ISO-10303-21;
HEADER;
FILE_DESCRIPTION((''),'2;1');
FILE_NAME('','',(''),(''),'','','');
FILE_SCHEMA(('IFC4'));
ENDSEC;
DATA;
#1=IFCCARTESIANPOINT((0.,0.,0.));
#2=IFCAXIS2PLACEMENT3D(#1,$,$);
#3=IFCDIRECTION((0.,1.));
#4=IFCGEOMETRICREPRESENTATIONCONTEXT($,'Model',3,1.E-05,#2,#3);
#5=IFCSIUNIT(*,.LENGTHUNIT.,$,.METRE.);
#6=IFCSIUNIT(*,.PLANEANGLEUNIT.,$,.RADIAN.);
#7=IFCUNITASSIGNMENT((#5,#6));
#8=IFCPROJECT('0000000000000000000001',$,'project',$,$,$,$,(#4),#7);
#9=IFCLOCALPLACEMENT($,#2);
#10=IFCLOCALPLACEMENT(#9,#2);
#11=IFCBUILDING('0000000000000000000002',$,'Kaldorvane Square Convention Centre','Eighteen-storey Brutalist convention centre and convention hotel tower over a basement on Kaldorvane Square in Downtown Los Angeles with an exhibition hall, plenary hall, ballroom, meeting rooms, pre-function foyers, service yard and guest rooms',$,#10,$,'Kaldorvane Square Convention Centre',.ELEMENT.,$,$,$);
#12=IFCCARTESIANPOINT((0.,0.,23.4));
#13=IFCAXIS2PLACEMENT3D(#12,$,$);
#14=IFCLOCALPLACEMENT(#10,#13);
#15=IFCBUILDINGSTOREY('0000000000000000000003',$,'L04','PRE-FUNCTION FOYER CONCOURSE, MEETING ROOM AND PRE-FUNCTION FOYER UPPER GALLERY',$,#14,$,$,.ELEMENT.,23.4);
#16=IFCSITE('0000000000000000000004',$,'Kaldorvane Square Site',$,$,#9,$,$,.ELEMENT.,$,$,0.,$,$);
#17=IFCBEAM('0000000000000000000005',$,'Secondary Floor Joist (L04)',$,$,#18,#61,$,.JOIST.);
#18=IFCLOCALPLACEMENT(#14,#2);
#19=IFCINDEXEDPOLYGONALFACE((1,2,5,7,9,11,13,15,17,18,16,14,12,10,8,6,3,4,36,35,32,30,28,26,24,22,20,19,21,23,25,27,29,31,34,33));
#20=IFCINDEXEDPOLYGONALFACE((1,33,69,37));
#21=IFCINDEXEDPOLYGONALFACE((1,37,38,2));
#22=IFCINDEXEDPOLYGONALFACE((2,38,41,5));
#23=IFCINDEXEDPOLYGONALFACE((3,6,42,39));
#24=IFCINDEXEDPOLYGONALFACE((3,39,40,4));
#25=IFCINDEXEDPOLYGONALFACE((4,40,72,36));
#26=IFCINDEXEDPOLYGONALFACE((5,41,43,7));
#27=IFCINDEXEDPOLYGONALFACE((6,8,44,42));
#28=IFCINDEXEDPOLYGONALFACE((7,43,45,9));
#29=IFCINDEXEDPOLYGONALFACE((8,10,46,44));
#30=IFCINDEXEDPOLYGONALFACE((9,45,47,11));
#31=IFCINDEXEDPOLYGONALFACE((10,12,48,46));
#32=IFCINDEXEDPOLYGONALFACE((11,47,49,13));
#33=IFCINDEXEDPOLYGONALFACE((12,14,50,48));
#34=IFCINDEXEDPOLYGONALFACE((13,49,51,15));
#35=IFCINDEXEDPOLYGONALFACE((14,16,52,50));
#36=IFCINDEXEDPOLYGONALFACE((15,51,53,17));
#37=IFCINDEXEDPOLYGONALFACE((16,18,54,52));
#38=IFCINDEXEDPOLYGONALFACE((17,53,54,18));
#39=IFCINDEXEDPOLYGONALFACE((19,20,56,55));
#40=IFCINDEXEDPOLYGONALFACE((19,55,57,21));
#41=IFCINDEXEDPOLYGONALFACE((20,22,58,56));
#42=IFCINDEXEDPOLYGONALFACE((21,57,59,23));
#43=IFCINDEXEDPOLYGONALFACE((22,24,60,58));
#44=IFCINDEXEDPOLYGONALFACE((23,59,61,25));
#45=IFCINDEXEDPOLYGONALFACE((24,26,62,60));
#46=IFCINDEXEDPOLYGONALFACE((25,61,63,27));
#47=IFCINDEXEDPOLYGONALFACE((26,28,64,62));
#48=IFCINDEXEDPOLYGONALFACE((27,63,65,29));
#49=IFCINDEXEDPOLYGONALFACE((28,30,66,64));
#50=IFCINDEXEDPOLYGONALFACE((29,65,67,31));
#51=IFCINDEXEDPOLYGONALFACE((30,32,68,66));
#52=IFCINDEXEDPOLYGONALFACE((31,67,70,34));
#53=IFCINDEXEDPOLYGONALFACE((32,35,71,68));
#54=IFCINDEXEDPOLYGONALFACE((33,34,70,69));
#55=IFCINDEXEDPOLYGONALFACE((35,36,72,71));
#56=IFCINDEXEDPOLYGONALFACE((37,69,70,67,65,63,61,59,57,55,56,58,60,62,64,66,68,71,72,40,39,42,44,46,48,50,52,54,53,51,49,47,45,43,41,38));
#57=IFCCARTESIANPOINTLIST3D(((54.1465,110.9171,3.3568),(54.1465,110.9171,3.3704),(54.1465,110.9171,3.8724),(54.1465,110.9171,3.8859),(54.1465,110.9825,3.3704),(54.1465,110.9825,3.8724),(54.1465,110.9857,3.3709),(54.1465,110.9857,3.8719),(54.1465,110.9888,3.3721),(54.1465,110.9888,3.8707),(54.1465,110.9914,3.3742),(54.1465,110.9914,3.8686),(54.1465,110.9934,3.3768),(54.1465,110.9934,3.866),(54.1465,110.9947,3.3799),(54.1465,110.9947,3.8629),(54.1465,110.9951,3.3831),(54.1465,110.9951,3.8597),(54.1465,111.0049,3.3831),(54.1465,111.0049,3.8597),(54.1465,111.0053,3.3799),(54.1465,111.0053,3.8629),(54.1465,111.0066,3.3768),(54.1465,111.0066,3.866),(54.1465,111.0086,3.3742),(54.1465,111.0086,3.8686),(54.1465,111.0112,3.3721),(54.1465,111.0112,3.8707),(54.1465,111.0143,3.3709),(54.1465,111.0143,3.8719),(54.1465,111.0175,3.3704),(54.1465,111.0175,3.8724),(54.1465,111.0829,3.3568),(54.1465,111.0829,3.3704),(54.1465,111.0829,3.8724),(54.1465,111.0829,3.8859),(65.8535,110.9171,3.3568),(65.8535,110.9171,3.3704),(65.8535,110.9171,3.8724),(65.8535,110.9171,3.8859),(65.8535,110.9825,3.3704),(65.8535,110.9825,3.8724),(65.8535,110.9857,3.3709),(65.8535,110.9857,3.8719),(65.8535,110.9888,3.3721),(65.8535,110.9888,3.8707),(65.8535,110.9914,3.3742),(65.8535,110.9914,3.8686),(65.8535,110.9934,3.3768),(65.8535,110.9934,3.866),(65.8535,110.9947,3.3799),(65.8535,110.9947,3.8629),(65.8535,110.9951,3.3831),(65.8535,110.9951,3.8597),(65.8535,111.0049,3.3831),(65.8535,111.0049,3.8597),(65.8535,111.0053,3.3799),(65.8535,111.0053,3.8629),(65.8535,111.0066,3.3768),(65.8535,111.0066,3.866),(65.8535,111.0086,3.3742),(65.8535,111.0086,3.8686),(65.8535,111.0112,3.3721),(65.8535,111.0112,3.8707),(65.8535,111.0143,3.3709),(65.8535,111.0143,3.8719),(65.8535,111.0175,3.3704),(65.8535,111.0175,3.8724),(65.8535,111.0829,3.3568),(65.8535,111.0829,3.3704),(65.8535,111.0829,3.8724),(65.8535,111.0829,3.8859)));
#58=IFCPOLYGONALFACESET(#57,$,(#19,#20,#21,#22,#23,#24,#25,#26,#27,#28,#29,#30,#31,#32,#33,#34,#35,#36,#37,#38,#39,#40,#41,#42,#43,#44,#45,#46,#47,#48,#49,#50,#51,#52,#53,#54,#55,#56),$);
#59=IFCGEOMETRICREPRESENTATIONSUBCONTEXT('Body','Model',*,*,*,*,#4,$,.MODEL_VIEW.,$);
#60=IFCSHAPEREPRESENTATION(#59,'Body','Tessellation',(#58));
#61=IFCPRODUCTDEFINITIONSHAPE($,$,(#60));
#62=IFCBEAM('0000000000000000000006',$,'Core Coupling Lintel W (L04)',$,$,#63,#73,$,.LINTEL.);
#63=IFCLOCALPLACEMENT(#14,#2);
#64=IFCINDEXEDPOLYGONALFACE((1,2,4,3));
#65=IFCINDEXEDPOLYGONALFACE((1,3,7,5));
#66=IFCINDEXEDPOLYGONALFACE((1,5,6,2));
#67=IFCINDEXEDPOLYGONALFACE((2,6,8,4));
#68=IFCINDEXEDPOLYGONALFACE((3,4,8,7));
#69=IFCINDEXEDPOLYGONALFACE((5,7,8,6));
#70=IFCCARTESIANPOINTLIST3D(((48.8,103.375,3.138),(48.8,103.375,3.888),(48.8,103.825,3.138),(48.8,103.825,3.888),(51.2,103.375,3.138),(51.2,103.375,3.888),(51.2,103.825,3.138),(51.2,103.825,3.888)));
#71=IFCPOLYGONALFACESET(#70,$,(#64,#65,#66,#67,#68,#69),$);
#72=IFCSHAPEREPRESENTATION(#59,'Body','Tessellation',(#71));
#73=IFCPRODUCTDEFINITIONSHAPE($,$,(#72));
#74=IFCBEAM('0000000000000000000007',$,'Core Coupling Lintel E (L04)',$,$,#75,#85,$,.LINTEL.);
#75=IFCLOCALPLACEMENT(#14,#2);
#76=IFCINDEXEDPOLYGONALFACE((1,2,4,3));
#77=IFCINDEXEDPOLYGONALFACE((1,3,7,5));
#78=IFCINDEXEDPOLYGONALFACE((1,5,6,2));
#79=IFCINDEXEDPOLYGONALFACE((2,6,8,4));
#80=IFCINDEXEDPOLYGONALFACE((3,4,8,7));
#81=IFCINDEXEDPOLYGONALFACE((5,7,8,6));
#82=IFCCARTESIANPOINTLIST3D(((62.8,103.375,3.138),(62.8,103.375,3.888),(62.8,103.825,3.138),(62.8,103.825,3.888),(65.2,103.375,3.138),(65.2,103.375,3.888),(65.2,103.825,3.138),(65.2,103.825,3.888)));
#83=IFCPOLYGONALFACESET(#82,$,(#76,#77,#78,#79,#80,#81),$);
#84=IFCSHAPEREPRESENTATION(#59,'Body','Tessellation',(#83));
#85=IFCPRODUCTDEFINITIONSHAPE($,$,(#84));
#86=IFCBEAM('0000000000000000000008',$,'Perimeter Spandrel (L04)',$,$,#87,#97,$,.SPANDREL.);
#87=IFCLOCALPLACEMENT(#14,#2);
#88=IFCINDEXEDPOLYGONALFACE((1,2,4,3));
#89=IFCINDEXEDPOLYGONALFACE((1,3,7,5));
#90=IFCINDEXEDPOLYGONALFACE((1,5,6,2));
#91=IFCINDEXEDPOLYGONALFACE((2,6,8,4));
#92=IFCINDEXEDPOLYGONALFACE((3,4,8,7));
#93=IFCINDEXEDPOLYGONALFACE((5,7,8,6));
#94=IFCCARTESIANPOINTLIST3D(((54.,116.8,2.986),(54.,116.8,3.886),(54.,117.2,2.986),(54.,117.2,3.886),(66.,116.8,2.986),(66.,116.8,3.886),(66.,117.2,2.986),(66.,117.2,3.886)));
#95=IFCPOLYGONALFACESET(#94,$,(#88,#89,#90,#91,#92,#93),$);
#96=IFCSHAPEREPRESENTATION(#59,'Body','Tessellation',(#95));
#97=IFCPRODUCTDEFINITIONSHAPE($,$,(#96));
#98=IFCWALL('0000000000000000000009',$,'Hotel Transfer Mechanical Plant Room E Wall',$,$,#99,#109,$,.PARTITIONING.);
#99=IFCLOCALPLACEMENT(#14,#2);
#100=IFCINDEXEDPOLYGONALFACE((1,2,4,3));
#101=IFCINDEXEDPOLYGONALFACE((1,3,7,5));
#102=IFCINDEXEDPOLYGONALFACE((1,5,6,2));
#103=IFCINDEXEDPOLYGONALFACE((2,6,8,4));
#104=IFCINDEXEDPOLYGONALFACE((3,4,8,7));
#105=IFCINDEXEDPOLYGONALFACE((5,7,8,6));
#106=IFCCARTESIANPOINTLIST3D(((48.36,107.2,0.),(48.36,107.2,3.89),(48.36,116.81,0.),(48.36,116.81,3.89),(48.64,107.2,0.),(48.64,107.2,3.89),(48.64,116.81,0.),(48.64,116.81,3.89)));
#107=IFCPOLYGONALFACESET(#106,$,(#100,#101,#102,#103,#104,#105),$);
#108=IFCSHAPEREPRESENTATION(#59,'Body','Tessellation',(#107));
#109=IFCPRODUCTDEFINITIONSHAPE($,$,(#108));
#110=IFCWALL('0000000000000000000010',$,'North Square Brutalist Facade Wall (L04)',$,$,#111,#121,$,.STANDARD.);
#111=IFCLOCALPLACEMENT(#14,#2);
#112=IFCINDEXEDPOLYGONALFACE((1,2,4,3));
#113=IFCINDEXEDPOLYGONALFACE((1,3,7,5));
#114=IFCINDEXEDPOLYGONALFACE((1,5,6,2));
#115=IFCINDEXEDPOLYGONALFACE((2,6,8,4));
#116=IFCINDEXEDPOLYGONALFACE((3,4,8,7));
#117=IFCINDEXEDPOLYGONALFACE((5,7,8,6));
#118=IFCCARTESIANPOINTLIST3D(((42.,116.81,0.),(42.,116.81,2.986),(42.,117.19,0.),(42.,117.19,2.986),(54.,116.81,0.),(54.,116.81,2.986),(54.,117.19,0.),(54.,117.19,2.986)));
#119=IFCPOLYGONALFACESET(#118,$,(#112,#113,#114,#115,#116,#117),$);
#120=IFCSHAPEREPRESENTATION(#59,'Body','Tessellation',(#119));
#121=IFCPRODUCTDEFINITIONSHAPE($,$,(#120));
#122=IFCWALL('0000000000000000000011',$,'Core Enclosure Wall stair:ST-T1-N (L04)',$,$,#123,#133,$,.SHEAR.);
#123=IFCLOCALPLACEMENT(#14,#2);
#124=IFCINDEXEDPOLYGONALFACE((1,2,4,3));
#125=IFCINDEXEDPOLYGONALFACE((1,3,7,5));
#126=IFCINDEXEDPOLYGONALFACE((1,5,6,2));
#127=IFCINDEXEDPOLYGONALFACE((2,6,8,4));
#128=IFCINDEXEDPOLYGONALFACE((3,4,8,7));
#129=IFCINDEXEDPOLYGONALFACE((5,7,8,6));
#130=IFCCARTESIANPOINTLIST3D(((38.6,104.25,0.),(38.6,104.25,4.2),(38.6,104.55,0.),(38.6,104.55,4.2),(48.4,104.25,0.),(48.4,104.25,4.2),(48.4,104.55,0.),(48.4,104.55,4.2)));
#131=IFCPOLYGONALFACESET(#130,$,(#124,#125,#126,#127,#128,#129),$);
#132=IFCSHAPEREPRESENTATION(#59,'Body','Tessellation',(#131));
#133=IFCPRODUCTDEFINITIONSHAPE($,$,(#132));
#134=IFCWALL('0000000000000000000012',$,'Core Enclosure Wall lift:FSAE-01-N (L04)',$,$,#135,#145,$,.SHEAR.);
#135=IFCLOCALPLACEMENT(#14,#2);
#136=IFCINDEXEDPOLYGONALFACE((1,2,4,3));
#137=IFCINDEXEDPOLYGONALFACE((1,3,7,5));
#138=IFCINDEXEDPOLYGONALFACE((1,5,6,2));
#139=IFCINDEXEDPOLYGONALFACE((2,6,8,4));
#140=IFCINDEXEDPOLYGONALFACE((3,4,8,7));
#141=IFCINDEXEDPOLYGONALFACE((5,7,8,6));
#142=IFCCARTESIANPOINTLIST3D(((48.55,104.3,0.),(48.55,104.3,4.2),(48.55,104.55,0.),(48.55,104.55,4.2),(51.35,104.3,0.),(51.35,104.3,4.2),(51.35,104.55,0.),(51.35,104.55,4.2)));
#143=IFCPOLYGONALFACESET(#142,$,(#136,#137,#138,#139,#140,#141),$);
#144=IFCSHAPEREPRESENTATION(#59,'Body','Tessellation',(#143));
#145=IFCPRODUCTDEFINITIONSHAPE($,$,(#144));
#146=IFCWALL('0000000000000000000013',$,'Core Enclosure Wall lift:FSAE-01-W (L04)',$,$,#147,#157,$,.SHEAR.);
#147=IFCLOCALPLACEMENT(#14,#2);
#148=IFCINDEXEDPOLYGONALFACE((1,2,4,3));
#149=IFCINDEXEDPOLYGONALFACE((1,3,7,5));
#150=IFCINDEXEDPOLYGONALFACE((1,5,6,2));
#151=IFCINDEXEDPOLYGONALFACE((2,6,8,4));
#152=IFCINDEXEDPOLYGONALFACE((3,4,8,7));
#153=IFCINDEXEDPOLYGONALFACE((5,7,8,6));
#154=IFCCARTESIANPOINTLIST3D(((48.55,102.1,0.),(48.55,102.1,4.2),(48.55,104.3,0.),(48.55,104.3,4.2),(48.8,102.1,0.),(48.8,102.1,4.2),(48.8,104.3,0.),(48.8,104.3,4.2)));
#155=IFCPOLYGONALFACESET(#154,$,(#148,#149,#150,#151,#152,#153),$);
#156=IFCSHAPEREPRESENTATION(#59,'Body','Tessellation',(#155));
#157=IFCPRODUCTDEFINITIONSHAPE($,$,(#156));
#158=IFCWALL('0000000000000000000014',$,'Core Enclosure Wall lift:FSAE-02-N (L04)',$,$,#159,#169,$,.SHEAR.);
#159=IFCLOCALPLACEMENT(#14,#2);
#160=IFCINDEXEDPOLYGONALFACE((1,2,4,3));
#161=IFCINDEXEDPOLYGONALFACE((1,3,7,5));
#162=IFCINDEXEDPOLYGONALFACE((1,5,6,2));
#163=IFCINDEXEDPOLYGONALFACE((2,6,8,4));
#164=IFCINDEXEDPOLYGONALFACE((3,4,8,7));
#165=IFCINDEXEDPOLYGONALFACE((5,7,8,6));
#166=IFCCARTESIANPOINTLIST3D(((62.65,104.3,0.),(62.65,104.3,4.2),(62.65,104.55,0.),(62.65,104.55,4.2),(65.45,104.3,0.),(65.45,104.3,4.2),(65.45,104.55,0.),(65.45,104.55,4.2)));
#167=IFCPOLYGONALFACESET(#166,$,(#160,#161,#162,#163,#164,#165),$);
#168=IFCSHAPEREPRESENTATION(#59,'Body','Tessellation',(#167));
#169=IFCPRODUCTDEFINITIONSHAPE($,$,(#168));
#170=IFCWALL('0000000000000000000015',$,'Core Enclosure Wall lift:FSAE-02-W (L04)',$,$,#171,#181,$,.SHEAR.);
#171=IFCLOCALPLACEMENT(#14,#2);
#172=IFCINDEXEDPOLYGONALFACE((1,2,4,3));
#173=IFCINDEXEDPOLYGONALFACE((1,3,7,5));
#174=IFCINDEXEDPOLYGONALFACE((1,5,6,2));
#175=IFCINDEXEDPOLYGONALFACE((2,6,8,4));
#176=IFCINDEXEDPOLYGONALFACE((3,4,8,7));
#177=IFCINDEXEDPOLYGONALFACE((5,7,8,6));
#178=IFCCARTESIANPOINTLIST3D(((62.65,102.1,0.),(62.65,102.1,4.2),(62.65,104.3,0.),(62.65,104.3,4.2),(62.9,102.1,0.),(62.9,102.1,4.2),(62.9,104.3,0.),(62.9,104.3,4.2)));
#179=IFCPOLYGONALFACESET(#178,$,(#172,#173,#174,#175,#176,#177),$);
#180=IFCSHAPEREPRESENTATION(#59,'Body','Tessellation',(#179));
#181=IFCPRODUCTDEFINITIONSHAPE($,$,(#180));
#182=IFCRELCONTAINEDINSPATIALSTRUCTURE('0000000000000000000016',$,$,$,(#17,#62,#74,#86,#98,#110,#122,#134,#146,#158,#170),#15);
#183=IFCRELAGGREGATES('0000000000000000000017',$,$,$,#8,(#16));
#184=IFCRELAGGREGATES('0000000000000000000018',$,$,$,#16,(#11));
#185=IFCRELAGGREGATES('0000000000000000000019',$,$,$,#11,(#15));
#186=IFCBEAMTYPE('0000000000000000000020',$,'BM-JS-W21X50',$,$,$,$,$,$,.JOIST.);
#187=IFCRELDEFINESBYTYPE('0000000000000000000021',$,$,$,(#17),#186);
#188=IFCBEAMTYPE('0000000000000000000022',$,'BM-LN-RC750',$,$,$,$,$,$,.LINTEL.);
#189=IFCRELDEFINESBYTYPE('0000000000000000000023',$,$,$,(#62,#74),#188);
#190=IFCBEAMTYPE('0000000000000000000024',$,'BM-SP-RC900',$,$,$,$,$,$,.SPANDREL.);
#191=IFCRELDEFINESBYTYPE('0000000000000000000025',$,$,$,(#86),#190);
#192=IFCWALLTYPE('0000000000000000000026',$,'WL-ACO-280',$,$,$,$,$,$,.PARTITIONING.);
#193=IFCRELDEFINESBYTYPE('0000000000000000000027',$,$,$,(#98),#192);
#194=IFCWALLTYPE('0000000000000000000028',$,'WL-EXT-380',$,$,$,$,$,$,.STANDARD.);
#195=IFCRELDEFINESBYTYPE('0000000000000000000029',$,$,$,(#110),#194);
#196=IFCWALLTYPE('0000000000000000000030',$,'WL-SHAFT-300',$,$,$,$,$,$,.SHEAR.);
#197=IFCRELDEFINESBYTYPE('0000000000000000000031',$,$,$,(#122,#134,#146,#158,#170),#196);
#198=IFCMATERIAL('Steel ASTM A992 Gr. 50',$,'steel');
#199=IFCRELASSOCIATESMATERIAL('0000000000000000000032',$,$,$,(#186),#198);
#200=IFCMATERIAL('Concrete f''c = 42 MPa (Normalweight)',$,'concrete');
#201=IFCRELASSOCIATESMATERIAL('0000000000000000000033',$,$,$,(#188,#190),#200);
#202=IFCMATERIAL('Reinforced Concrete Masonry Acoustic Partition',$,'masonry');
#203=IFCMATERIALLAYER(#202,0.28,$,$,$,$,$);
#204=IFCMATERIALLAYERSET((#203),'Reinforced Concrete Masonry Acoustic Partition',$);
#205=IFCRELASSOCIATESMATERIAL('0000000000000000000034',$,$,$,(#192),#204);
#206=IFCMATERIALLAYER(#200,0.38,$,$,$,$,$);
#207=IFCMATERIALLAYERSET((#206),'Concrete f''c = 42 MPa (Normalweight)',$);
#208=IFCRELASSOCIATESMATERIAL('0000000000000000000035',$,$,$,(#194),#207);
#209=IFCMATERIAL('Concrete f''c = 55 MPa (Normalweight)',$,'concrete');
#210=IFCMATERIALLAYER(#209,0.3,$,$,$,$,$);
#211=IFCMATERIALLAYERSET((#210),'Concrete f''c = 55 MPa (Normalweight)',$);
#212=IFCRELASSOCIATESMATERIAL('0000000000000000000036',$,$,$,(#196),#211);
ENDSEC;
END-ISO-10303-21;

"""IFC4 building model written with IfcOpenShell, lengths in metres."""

from ifc_helpers import new_model, si_unit, direction, frame, frame_2d, origin, origin_2d, place, context, subcontext, project, spatial, rectangle, i_section, extrude, material, layer, layer_set, material_profile, profile_set, type_object, element, save


model = new_model("IFC4")

# Units and contexts
model_context = context("Model", 3, precision=1e-05, world=origin(), true_north=direction((0.0, 1.0)))
body_context = subcontext(model_context, "Body", "Model", "MODEL_VIEW")
ifc_project = project(units=[si_unit("LENGTHUNIT", "METRE"), si_unit("PLANEANGLEUNIT", "RADIAN")], contexts=[model_context])

# Site, building, storey
site_placement = place(None, origin())
site = spatial("IfcSite", under=ifc_project, at=site_placement, Name="Kaldorvane Square Site", CompositionType="ELEMENT", RefElevation=0.0)
building_placement = place(site_placement, origin())
building = spatial("IfcBuilding", under=site, at=building_placement, Name="Kaldorvane Square Convention Centre", Description="Eighteen-storey Brutalist convention centre and convention hotel tower over a basement on Kaldorvane Square in Downtown Los Angeles with an exhibition hall, plenary hall, ballroom, meeting rooms, pre-function foyers, service yard and guest rooms", LongName="Kaldorvane Square Convention Centre", CompositionType="ELEMENT")
storey_placement = place(building_placement, frame((0.0, 0.0, 23.4)))
storey = spatial("IfcBuildingStorey", under=building, at=storey_placement, Name="L04", Description="PRE-FUNCTION FOYER CONCOURSE, MEETING ROOM AND PRE-FUNCTION FOYER UPPER GALLERY", CompositionType="ELEMENT", Elevation=23.4)

# Shared definitions
ifc_material_1 = material(Name="Concrete f'c = 55 MPa (Normalweight)", Category="concrete")
ifc_material_2 = material(Name="Steel ASTM A992 Gr. 50", Category="steel")

# Beams
ifc_material_profile_1 = material_profile(ifc_material_2, i_section(OverallWidth=0.1659, OverallDepth=0.5291, WebThickness=0.0097, FlangeThickness=0.0136, FilletRadius=0.0127, at=origin_2d()), Name="W21X50")
ifc_profile_set_1 = profile_set([ifc_material_profile_1], Name="Steel ASTM A992 Gr. 50")
beam_type_1 = type_object("IfcBeamType", Name="BM-JS-W21X50", PredefinedType="JOIST", material=ifc_profile_set_1)
beam_1_placement = place(storey_placement, frame((54.1465, 111.0, 3.6214), z_axis=(1.0, 0.0, 0.0), x_axis=(0.0, 1.0, 0.0)))
element("IfcBeam", 1, at=beam_1_placement, inside=storey, type_object=beam_type_1, Name="Secondary Floor Joist (L04)", PredefinedType="JOIST", context=body_context, shape_type="SweptSolid", body=[
    extrude(i_section(OverallWidth=0.1659, OverallDepth=0.5291, WebThickness=0.0097, FlangeThickness=0.0136, FilletRadius=0.0127, at=origin_2d()), origin(), (0.0, 0.0, 1.0), 11.707),
])
ifc_material_3 = material(Name="Concrete f'c = 42 MPa (Normalweight)", Category="concrete")
ifc_material_profile_2 = material_profile(ifc_material_3, rectangle(XDim=0.45, YDim=0.75, at=origin_2d()), Name="RCLN750X450")
ifc_profile_set_2 = profile_set([ifc_material_profile_2], Name="Concrete f'c = 42 MPa (Normalweight)")
beam_type_2 = type_object("IfcBeamType", Name="BM-LN-RC750", PredefinedType="LINTEL", material=ifc_profile_set_2)
for number, where, z_axis, x_axis, name in (
    (2, (48.8, 103.6, 3.513), (1.0, 0.0, 0.0), (0.0, 1.0, 0.0), "Core Coupling Lintel W (L04)"),
    (3, (62.8, 103.6, 3.513), (1.0, 0.0, 0.0), (0.0, 1.0, 0.0), "Core Coupling Lintel E (L04)"),
):
    element("IfcBeam", number, at=place(storey_placement, frame(where, z_axis=z_axis, x_axis=x_axis)), inside=storey, type_object=beam_type_2, Name=name, PredefinedType="LINTEL", context=body_context, shape_type="SweptSolid", body=[
        extrude(rectangle(XDim=0.45, YDim=0.75, at=origin_2d()), origin(), (0.0, 0.0, 1.0), 2.4),
    ])
ifc_material_profile_3 = material_profile(ifc_material_3, rectangle(XDim=0.4, YDim=0.9, at=origin_2d()), Name="RCSP900X400")
ifc_profile_set_3 = profile_set([ifc_material_profile_3], Name="Concrete f'c = 42 MPa (Normalweight)")
beam_type_3 = type_object("IfcBeamType", Name="BM-SP-RC900", PredefinedType="SPANDREL", material=ifc_profile_set_3)
beam_2_placement = place(storey_placement, frame((54.0, 117.0, 3.436), z_axis=(1.0, 0.0, 0.0), x_axis=(0.0, 1.0, 0.0)))
element("IfcBeam", 4, at=beam_2_placement, inside=storey, type_object=beam_type_3, Name="Perimeter Spandrel (L04)", PredefinedType="SPANDREL", context=body_context, shape_type="SweptSolid", body=[
    extrude(rectangle(XDim=0.4, YDim=0.9, at=origin_2d()), origin(), (0.0, 0.0, 1.0), 12.0),
])

# Walls
ifc_material_4 = material(Name="Reinforced Concrete Masonry Acoustic Partition", Category="masonry")
ifc_layer_1 = layer(ifc_material_4, 0.28)
ifc_layer_set_1 = layer_set([ifc_layer_1], Name="Reinforced Concrete Masonry Acoustic Partition")
wall_type_1 = type_object("IfcWallType", Name="WL-ACO-280", PredefinedType="PARTITIONING", material=ifc_layer_set_1)
wall_1_placement = place(storey_placement, frame((48.5, 107.2, 0.0), z_axis=(0.0, 0.0, 1.0), x_axis=(0.0, 1.0, 0.0)))
element("IfcWall", 5, at=wall_1_placement, inside=storey, type_object=wall_type_1, Name="Hotel Transfer Mechanical Plant Room E Wall", PredefinedType="PARTITIONING", context=body_context, shape_type="SweptSolid", body=[
    extrude(rectangle(XDim=9.61, YDim=0.28, at=frame_2d((4.805, 0.0))), origin(), (0.0, 0.0, 1.0), 3.89),
])
ifc_layer_2 = layer(ifc_material_3, 0.38)
ifc_layer_set_2 = layer_set([ifc_layer_2], Name="Concrete f'c = 42 MPa (Normalweight)")
wall_type_2 = type_object("IfcWallType", Name="WL-EXT-380", PredefinedType="STANDARD", material=ifc_layer_set_2)
wall_2_placement = place(storey_placement, frame((54.0, 117.0, 0.0), z_axis=(0.0, 0.0, 1.0), x_axis=(-1.0, 0.0, 0.0)))
element("IfcWall", 6, at=wall_2_placement, inside=storey, type_object=wall_type_2, Name="North Square Brutalist Facade Wall (L04)", PredefinedType="STANDARD", context=body_context, shape_type="SweptSolid", body=[
    extrude(rectangle(XDim=12.0, YDim=0.38, at=frame_2d((6.0, 0.0))), origin(), (0.0, 0.0, 1.0), 2.986),
])
ifc_layer_3 = layer(ifc_material_1, 0.3)
ifc_layer_set_3 = layer_set([ifc_layer_3], Name="Concrete f'c = 55 MPa (Normalweight)")
wall_type_3 = type_object("IfcWallType", Name="WL-SHAFT-300", PredefinedType="SHEAR", material=ifc_layer_set_3)
wall_3_placement = place(storey_placement, frame((48.4, 104.4, 0.0), z_axis=(0.0, 0.0, 1.0), x_axis=(-1.0, 0.0, 0.0)))
element("IfcWall", 7, at=wall_3_placement, inside=storey, type_object=wall_type_3, Name="Core Enclosure Wall stair:ST-T1-N (L04)", PredefinedType="SHEAR", context=body_context, shape_type="SweptSolid", body=[
    extrude(rectangle(XDim=9.8, YDim=0.3, at=frame_2d((4.9, 0.0))), origin(), (0.0, 0.0, 1.0), 4.2),
])
wall_4_placement = place(storey_placement, frame((51.35, 104.425, 0.0), z_axis=(0.0, 0.0, 1.0), x_axis=(-1.0, 0.0, 0.0)))
element("IfcWall", 8, at=wall_4_placement, inside=storey, type_object=wall_type_3, Name="Core Enclosure Wall lift:FSAE-01-N (L04)", PredefinedType="SHEAR", context=body_context, shape_type="SweptSolid", body=[
    extrude(rectangle(XDim=2.8, YDim=0.25, at=frame_2d((1.4, 0.0))), origin(), (0.0, 0.0, 1.0), 4.2),
])
wall_5_placement = place(storey_placement, frame((48.675, 104.3, 0.0), z_axis=(0.0, 0.0, 1.0), x_axis=(0.0, -1.0, 0.0)))
element("IfcWall", 9, at=wall_5_placement, inside=storey, type_object=wall_type_3, Name="Core Enclosure Wall lift:FSAE-01-W (L04)", PredefinedType="SHEAR", context=body_context, shape_type="SweptSolid", body=[
    extrude(rectangle(XDim=2.2, YDim=0.25, at=frame_2d((1.1, 0.0))), origin(), (0.0, 0.0, 1.0), 4.2),
])
wall_6_placement = place(storey_placement, frame((65.45, 104.425, 0.0), z_axis=(0.0, 0.0, 1.0), x_axis=(-1.0, 0.0, 0.0)))
element("IfcWall", 10, at=wall_6_placement, inside=storey, type_object=wall_type_3, Name="Core Enclosure Wall lift:FSAE-02-N (L04)", PredefinedType="SHEAR", context=body_context, shape_type="SweptSolid", body=[
    extrude(rectangle(XDim=2.8, YDim=0.25, at=frame_2d((1.4, 0.0))), origin(), (0.0, 0.0, 1.0), 4.2),
])
wall_7_placement = place(storey_placement, frame((62.775, 104.3, 0.0), z_axis=(0.0, 0.0, 1.0), x_axis=(0.0, -1.0, 0.0)))
element("IfcWall", 11, at=wall_7_placement, inside=storey, type_object=wall_type_3, Name="Core Enclosure Wall lift:FSAE-02-W (L04)", PredefinedType="SHEAR", context=body_context, shape_type="SweptSolid", body=[
    extrude(rectangle(XDim=2.2, YDim=0.25, at=frame_2d((1.1, 0.0))), origin(), (0.0, 0.0, 1.0), 4.2),
])

save(model, "model.ifc")
